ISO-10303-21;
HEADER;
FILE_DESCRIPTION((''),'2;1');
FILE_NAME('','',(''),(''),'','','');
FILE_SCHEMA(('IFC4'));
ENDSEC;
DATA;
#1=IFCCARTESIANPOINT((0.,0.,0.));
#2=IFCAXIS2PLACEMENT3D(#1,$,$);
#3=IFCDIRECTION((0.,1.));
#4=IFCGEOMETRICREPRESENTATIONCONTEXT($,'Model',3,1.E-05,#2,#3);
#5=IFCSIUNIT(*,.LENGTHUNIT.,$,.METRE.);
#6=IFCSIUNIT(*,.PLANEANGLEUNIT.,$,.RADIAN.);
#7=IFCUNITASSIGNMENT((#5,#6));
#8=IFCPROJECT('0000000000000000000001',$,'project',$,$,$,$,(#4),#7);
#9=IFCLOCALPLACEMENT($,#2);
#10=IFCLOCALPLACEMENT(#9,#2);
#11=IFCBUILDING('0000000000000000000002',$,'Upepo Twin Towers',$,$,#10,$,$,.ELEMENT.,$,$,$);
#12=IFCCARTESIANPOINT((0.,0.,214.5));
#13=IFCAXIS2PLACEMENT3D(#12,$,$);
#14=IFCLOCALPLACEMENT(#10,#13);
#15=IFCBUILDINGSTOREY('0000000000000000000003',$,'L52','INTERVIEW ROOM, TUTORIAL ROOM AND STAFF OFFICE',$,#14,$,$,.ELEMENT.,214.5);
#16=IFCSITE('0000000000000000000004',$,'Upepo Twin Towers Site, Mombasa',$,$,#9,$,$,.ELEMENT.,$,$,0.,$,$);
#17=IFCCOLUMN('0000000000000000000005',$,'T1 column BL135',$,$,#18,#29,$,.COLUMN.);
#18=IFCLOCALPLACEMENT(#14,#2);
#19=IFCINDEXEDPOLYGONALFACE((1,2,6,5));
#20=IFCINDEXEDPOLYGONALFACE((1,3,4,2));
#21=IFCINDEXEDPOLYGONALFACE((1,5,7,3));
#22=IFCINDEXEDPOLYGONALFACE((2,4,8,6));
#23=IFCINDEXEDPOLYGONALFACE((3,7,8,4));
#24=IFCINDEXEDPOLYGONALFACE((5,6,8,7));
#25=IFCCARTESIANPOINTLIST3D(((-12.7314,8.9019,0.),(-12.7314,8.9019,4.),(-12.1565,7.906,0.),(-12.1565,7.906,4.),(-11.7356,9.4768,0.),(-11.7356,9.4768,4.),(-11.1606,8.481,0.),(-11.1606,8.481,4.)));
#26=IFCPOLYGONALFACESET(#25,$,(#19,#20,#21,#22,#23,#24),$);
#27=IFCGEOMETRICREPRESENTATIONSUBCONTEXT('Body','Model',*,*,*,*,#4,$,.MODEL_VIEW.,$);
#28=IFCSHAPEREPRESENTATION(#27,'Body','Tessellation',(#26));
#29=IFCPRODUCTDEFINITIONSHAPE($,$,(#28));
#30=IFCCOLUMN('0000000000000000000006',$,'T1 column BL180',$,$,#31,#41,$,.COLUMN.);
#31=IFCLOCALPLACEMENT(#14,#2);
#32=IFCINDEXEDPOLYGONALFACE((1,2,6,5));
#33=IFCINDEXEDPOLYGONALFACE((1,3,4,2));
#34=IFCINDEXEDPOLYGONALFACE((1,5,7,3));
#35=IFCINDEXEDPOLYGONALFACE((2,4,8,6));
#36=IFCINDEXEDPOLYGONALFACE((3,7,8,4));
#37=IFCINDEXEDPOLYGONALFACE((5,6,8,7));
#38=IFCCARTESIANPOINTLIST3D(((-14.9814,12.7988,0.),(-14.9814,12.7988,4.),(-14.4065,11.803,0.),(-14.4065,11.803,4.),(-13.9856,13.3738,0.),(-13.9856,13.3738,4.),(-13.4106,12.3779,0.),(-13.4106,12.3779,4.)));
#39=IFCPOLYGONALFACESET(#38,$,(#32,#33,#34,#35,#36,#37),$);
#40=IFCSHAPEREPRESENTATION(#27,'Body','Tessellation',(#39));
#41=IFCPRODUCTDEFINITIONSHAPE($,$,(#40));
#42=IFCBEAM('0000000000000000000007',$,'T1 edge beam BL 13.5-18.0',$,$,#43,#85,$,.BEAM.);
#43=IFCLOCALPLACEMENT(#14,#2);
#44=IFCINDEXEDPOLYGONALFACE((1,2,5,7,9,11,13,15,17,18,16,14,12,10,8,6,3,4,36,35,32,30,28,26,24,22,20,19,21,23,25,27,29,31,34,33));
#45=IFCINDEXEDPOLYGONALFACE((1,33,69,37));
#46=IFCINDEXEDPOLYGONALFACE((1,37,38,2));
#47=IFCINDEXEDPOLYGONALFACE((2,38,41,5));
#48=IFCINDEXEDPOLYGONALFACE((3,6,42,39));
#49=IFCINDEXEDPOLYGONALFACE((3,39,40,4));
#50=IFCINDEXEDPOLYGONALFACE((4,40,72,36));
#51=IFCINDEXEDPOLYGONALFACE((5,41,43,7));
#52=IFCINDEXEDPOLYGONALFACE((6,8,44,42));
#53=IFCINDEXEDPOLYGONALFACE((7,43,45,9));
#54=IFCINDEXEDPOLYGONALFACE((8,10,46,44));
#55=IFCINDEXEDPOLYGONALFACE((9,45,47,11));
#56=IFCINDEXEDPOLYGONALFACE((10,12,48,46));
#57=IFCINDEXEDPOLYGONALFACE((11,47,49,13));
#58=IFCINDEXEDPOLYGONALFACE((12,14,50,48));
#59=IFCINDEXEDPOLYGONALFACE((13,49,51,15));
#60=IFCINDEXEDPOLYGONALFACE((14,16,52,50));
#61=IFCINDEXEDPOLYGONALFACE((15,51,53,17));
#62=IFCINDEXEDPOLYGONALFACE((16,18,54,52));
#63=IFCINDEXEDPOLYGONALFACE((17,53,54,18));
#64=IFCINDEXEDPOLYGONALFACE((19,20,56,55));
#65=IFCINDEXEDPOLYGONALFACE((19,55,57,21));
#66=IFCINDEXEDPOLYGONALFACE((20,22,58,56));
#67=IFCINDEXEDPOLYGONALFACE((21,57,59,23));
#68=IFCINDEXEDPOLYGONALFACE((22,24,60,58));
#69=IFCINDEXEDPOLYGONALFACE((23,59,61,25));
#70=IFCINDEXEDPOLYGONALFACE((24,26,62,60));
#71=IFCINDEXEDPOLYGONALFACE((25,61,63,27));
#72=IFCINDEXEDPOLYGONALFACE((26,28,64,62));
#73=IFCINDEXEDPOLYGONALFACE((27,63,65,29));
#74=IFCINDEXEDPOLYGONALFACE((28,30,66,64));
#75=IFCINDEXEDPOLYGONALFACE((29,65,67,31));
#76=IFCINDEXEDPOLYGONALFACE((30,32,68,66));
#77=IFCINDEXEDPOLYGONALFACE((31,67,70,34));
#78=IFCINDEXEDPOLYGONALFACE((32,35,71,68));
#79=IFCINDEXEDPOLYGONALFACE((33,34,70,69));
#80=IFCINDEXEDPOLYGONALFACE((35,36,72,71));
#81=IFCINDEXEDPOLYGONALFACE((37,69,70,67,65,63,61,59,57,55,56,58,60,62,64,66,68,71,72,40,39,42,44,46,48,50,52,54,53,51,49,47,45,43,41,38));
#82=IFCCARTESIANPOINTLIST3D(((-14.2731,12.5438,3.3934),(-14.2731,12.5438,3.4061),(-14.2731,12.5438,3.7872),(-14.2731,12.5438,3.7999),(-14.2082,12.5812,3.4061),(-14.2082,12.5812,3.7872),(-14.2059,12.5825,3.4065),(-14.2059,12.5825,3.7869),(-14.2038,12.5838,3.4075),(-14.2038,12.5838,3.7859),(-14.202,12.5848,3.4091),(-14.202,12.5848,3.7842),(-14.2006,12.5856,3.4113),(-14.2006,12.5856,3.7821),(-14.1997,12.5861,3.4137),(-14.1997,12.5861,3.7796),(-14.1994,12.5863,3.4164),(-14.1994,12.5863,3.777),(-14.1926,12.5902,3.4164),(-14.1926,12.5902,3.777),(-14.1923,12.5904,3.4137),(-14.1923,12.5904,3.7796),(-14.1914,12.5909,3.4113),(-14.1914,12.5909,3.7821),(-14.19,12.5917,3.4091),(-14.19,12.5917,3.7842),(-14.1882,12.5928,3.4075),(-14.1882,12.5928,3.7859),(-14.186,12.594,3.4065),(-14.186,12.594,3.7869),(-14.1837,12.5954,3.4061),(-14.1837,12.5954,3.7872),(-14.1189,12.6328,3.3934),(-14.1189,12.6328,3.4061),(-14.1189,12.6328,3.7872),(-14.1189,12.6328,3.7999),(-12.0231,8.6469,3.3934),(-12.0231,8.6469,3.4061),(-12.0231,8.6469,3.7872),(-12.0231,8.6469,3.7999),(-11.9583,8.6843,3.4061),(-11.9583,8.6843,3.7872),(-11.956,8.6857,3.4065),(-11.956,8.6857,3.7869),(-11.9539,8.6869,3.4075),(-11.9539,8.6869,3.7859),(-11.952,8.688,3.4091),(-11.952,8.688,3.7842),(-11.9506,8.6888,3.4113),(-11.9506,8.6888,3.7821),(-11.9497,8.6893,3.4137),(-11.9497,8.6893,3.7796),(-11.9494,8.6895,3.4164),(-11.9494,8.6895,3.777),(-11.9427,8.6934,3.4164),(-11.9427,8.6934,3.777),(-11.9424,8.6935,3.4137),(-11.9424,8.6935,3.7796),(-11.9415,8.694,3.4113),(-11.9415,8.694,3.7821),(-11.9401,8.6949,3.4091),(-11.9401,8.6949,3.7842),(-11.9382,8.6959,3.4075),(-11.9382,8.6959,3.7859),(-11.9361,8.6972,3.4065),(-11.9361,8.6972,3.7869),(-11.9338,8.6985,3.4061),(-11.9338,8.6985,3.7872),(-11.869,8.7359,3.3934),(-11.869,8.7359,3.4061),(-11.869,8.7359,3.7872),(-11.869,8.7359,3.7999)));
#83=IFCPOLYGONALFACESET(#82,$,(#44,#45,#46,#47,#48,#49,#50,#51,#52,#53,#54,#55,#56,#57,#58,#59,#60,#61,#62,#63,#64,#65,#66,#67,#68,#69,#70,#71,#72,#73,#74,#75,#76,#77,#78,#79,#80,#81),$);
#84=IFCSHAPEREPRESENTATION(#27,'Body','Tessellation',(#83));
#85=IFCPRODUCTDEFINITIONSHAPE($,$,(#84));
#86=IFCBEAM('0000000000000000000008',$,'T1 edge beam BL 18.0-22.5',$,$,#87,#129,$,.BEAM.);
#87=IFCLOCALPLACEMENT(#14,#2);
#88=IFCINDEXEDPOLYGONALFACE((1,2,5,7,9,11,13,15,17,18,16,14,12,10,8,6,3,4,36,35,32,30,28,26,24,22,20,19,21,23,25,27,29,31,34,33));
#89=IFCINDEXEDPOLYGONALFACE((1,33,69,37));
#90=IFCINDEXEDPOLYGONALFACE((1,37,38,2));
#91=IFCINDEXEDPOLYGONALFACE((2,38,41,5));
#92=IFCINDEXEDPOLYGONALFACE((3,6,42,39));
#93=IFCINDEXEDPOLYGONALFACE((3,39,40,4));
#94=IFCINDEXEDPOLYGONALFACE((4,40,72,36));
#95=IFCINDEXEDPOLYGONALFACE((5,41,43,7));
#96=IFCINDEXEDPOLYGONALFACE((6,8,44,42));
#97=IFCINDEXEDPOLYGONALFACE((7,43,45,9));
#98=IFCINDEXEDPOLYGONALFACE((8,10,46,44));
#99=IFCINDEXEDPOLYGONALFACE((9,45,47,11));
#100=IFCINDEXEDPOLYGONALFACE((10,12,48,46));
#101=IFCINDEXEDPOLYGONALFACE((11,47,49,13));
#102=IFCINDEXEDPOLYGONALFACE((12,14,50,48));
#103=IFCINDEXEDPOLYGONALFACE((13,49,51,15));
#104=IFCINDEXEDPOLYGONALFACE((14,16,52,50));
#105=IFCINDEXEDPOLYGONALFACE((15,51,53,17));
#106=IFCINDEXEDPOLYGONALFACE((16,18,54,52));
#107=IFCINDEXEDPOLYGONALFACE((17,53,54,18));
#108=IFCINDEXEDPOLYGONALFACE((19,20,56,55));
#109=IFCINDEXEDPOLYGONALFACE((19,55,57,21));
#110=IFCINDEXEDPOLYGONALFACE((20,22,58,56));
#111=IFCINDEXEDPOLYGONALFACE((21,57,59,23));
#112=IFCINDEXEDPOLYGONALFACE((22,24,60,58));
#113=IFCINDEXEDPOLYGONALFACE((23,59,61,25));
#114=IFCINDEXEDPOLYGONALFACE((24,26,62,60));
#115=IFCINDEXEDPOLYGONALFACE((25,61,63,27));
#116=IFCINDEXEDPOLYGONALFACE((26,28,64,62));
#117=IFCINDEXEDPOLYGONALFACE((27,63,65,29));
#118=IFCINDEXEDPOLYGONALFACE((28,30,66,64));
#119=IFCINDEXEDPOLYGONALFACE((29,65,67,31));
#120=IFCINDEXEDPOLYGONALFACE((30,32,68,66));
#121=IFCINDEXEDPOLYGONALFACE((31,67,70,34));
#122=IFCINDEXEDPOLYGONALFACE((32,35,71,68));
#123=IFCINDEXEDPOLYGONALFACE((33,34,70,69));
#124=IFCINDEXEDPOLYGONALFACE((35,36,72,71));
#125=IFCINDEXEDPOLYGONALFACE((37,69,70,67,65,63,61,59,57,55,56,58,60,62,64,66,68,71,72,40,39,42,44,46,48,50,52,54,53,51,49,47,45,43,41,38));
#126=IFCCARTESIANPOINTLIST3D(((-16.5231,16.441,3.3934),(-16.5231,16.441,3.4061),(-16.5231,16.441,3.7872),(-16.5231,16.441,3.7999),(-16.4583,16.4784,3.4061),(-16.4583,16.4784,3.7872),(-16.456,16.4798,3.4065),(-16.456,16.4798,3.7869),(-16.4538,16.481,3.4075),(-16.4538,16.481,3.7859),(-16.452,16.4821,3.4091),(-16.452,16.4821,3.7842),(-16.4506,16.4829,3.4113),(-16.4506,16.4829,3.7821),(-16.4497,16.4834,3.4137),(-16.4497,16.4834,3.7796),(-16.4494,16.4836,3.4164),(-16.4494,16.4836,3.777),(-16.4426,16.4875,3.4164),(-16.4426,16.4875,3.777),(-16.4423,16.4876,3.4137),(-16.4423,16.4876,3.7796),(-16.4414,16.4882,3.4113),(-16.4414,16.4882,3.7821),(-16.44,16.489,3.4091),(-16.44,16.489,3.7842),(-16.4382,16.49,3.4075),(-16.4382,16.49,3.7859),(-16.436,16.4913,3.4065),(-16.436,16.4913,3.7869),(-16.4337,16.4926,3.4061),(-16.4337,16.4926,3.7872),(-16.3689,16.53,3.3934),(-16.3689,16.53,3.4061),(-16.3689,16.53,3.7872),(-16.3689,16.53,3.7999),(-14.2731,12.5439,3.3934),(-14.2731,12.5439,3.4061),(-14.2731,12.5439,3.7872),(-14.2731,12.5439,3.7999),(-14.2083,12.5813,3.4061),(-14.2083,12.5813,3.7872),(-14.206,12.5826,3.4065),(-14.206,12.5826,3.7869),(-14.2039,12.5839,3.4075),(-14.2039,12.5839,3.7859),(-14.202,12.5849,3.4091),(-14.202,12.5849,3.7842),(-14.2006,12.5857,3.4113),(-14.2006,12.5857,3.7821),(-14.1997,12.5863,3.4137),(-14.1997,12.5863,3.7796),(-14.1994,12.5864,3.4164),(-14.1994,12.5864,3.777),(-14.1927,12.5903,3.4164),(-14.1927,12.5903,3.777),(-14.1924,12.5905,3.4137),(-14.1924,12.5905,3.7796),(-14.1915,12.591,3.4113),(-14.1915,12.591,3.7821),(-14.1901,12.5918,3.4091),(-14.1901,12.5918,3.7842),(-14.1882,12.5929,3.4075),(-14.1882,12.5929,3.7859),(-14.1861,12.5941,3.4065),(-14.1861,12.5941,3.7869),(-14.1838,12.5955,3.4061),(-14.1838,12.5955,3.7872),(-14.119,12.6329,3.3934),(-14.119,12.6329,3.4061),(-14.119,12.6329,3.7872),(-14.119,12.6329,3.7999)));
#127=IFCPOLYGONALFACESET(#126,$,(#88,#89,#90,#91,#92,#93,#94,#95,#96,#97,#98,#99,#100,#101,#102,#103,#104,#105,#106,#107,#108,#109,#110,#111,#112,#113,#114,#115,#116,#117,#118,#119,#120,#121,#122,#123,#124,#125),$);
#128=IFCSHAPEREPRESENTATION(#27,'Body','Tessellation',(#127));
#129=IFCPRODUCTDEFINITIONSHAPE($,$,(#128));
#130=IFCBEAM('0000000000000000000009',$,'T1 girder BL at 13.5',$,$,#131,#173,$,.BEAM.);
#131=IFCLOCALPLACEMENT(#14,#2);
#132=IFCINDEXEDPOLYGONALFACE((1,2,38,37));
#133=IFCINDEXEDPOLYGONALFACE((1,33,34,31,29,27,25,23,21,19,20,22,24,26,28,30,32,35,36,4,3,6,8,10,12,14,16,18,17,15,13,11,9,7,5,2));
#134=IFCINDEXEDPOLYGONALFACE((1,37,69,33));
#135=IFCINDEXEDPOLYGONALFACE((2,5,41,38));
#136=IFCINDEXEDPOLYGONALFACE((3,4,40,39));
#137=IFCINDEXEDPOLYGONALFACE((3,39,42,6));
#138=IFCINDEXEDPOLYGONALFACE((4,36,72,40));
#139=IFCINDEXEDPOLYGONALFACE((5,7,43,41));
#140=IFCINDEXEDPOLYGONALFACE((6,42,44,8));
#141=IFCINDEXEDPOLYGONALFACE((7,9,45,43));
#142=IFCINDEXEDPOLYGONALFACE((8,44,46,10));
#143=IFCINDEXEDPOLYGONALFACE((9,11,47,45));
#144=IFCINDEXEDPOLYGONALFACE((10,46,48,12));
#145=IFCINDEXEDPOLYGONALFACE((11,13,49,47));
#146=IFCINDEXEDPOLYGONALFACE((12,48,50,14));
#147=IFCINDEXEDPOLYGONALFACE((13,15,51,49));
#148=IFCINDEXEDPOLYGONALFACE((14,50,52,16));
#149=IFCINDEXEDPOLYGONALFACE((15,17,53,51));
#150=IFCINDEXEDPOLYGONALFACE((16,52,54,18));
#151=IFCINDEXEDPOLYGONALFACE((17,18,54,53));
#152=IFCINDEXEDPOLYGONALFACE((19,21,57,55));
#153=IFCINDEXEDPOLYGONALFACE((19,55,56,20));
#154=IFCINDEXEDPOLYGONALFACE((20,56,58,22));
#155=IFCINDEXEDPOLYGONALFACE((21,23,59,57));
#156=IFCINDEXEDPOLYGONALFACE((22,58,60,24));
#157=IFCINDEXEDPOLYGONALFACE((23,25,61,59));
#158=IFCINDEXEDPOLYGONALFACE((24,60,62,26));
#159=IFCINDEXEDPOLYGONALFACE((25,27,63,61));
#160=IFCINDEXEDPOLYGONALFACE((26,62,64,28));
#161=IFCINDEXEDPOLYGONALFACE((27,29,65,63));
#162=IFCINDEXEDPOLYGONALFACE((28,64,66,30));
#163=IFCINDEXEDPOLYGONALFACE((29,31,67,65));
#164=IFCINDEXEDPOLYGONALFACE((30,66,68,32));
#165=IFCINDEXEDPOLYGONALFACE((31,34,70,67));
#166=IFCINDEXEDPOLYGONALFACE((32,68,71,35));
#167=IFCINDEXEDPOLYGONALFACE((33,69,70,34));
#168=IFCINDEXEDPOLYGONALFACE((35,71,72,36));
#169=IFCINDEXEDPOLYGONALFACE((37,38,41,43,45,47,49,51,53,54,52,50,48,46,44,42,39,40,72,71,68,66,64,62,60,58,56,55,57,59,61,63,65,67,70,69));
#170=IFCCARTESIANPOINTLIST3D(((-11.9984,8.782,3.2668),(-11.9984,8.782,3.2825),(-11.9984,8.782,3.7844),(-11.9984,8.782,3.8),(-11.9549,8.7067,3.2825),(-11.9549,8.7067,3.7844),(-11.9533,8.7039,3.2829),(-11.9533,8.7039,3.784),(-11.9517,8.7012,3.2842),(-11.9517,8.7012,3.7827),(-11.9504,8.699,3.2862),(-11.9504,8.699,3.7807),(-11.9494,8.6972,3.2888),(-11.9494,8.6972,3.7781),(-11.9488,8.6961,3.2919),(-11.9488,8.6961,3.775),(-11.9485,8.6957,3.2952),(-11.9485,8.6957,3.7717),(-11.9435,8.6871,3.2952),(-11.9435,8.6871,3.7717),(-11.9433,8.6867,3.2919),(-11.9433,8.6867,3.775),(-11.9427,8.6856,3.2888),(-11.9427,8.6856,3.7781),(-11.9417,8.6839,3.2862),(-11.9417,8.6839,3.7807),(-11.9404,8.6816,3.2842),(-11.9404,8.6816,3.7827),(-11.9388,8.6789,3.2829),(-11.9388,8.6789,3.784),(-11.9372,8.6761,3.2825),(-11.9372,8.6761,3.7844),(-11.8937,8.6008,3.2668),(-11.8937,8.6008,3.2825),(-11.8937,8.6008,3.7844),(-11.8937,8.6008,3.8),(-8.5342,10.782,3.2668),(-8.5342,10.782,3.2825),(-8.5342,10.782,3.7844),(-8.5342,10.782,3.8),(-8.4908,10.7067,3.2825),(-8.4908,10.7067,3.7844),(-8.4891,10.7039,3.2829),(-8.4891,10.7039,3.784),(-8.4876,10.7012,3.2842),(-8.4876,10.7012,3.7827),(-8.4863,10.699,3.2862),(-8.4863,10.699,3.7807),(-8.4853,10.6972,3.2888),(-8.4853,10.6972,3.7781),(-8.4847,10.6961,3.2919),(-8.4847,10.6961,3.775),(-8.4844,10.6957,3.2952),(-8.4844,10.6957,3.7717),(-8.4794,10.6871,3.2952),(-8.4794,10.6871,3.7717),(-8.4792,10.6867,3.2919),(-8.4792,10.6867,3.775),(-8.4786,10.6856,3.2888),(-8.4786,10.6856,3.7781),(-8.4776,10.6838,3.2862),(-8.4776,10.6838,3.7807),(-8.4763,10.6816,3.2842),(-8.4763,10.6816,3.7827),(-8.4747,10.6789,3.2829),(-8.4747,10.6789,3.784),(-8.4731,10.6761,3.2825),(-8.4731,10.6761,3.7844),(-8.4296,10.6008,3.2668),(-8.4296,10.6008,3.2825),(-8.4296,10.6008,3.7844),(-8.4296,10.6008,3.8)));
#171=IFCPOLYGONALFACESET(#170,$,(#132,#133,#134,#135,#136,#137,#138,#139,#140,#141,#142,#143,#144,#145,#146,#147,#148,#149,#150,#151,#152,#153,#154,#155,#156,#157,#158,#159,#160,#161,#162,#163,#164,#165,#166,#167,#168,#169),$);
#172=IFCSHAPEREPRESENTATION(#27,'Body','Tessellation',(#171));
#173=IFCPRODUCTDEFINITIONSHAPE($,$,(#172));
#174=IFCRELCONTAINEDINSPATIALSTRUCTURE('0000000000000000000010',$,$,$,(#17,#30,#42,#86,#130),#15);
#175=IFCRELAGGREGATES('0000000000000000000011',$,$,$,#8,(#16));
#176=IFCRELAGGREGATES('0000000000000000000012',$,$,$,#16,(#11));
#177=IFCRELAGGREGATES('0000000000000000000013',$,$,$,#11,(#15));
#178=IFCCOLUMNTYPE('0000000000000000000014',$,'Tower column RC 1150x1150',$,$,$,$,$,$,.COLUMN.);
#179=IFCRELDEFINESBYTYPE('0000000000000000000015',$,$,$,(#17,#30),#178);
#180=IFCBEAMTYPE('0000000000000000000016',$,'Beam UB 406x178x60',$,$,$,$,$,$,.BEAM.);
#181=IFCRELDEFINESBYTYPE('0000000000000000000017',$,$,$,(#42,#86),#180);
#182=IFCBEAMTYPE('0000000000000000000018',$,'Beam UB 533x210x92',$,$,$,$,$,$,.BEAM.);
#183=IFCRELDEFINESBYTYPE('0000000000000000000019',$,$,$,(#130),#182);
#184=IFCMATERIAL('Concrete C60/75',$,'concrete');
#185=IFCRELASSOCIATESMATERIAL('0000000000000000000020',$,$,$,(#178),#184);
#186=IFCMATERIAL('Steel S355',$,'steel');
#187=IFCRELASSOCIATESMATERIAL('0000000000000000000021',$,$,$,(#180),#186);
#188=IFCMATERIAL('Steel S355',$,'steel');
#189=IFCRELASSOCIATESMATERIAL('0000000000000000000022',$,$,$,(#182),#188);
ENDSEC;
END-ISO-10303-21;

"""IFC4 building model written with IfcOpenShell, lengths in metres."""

from ifc_helpers import new_model, si_unit, direction, frame, origin, origin_2d, place, context, subcontext, project, spatial, rectangle, i_section, extrude, material, material_profile, profile_set, type_object, element, save


model = new_model("IFC4")

# Units and contexts
model_context = context("Model", 3, precision=1e-05, world=origin(), true_north=direction((0.0, 1.0)))
body_context = subcontext(model_context, "Body", "Model", "MODEL_VIEW")
ifc_project = project(units=[si_unit("LENGTHUNIT", "METRE"), si_unit("PLANEANGLEUNIT", "RADIAN")], contexts=[model_context])

# Site, building, storey
site_placement = place(None, origin())
site = spatial("IfcSite", under=ifc_project, at=site_placement, Name="Upepo Twin Towers Site, Mombasa", CompositionType="ELEMENT", RefElevation=0.0)
building_placement = place(site_placement, origin())
building = spatial("IfcBuilding", under=site, at=building_placement, Name="Upepo Twin Towers", CompositionType="ELEMENT")
storey_placement = place(building_placement, frame((0.0, 0.0, 214.5)))
storey = spatial("IfcBuildingStorey", under=building, at=storey_placement, Name="L52", Description="INTERVIEW ROOM, TUTORIAL ROOM AND STAFF OFFICE", CompositionType="ELEMENT", Elevation=214.5)

# Columns
ifc_material_1 = material(Name="Concrete C60/75", Category="concrete")
ifc_material_profile_1 = material_profile(ifc_material_1, rectangle(XDim=1.1499, YDim=1.1499, at=origin_2d()), Name="RC 1150x1150")
ifc_profile_set_1 = profile_set([ifc_material_profile_1], Name="Concrete C60/75")
column_type = type_object("IfcColumnType", Name="Tower column RC 1150x1150", PredefinedType="COLUMN", material=ifc_profile_set_1)
for number, where, z_axis, x_axis, name in (
    (1, (-11.946, 8.6914, 0.0), (0.0, 0.0, 1.0), (0.866025, 0.5, 0.0), "T1 column BL135"),
    (2, (-14.196, 12.5884, 0.0), (0.0, 0.0, 1.0), (0.866025, 0.5, 0.0), "T1 column BL180"),
):
    element("IfcColumn", number, at=place(storey_placement, frame(where, z_axis=z_axis, x_axis=x_axis)), inside=storey, type_object=column_type, Name=name, PredefinedType="COLUMN", context=body_context, shape_type="SweptSolid", body=[
        extrude(rectangle(XDim=1.1499, YDim=1.1499, at=origin_2d()), origin(), (0.0, 0.0, 1.0), 4.0),
    ])

# Beams
ifc_material_2 = material(Name="Steel S355", Category="steel")
ifc_material_profile_2 = material_profile(ifc_material_2, i_section(OverallWidth=0.178, OverallDepth=0.4065, WebThickness=0.0078, FlangeThickness=0.0127, FilletRadius=0.0103, at=origin_2d()), Name="UB 406x178x60")
ifc_profile_set_2 = profile_set([ifc_material_profile_2], Name="Steel S355")
beam_type_1 = type_object("IfcBeamType", Name="Beam UB 406x178x60", PredefinedType="BEAM", material=ifc_profile_set_2)
beam_1_placement = place(storey_placement, frame((-11.946, 8.6914, 3.5967), z_axis=(-0.500014, 0.866018, 0.0), x_axis=(-0.866018, -0.500014, 0.0)))
element("IfcBeam", 3, at=beam_1_placement, inside=storey, type_object=beam_type_1, Name="T1 edge beam BL 13.5-18.0", PredefinedType="BEAM", context=body_context, shape_type="SweptSolid", body=[
    extrude(i_section(OverallWidth=0.178, OverallDepth=0.4065, WebThickness=0.0078, FlangeThickness=0.0127, FilletRadius=0.0103, at=origin_2d()), origin(), (0.0, 0.0, 1.0), 4.4998),
])
beam_2_placement = place(storey_placement, frame((-14.196, 12.5884, 3.5967), z_axis=(-0.49999, 0.866031, 0.0), x_axis=(-0.866031, -0.49999, 0.0)))
element("IfcBeam", 4, at=beam_2_placement, inside=storey, type_object=beam_type_1, Name="T1 edge beam BL 18.0-22.5", PredefinedType="BEAM", context=body_context, shape_type="SweptSolid", body=[
    extrude(i_section(OverallWidth=0.178, OverallDepth=0.4065, WebThickness=0.0078, FlangeThickness=0.0127, FilletRadius=0.0103, at=origin_2d()), origin(), (0.0, 0.0, 1.0), 4.5),
])
ifc_material_3 = material(Name="Steel S355", Category="steel")
ifc_material_profile_3 = material_profile(ifc_material_3, i_section(OverallWidth=0.2092, OverallDepth=0.5332, WebThickness=0.01, FlangeThickness=0.0156, FilletRadius=0.0127, at=origin_2d()), Name="UB 533x210x92")
ifc_profile_set_3 = profile_set([ifc_material_profile_3], Name="Steel S355")
beam_type_2 = type_object("IfcBeamType", Name="Beam UB 533x210x92", PredefinedType="BEAM", material=ifc_profile_set_3)
for number, where, z_axis, x_axis, name in (
    (5, (-11.946, 8.6914, 3.5334), (0.866026, 0.499999, 0.0), (-0.499999, 0.866026, 0.0), "T1 girder BL at 13.5"),
):
    element("IfcBeam", number, at=place(storey_placement, frame(where, z_axis=z_axis, x_axis=x_axis)), inside=storey, type_object=beam_type_2, Name=name, PredefinedType="BEAM", context=body_context, shape_type="SweptSolid", body=[
        extrude(i_section(OverallWidth=0.2092, OverallDepth=0.5332, WebThickness=0.01, FlangeThickness=0.0156, FilletRadius=0.0127, at=origin_2d()), origin(), (0.0, 0.0, 1.0), 4.0),
    ])

save(model, "model.ifc")
